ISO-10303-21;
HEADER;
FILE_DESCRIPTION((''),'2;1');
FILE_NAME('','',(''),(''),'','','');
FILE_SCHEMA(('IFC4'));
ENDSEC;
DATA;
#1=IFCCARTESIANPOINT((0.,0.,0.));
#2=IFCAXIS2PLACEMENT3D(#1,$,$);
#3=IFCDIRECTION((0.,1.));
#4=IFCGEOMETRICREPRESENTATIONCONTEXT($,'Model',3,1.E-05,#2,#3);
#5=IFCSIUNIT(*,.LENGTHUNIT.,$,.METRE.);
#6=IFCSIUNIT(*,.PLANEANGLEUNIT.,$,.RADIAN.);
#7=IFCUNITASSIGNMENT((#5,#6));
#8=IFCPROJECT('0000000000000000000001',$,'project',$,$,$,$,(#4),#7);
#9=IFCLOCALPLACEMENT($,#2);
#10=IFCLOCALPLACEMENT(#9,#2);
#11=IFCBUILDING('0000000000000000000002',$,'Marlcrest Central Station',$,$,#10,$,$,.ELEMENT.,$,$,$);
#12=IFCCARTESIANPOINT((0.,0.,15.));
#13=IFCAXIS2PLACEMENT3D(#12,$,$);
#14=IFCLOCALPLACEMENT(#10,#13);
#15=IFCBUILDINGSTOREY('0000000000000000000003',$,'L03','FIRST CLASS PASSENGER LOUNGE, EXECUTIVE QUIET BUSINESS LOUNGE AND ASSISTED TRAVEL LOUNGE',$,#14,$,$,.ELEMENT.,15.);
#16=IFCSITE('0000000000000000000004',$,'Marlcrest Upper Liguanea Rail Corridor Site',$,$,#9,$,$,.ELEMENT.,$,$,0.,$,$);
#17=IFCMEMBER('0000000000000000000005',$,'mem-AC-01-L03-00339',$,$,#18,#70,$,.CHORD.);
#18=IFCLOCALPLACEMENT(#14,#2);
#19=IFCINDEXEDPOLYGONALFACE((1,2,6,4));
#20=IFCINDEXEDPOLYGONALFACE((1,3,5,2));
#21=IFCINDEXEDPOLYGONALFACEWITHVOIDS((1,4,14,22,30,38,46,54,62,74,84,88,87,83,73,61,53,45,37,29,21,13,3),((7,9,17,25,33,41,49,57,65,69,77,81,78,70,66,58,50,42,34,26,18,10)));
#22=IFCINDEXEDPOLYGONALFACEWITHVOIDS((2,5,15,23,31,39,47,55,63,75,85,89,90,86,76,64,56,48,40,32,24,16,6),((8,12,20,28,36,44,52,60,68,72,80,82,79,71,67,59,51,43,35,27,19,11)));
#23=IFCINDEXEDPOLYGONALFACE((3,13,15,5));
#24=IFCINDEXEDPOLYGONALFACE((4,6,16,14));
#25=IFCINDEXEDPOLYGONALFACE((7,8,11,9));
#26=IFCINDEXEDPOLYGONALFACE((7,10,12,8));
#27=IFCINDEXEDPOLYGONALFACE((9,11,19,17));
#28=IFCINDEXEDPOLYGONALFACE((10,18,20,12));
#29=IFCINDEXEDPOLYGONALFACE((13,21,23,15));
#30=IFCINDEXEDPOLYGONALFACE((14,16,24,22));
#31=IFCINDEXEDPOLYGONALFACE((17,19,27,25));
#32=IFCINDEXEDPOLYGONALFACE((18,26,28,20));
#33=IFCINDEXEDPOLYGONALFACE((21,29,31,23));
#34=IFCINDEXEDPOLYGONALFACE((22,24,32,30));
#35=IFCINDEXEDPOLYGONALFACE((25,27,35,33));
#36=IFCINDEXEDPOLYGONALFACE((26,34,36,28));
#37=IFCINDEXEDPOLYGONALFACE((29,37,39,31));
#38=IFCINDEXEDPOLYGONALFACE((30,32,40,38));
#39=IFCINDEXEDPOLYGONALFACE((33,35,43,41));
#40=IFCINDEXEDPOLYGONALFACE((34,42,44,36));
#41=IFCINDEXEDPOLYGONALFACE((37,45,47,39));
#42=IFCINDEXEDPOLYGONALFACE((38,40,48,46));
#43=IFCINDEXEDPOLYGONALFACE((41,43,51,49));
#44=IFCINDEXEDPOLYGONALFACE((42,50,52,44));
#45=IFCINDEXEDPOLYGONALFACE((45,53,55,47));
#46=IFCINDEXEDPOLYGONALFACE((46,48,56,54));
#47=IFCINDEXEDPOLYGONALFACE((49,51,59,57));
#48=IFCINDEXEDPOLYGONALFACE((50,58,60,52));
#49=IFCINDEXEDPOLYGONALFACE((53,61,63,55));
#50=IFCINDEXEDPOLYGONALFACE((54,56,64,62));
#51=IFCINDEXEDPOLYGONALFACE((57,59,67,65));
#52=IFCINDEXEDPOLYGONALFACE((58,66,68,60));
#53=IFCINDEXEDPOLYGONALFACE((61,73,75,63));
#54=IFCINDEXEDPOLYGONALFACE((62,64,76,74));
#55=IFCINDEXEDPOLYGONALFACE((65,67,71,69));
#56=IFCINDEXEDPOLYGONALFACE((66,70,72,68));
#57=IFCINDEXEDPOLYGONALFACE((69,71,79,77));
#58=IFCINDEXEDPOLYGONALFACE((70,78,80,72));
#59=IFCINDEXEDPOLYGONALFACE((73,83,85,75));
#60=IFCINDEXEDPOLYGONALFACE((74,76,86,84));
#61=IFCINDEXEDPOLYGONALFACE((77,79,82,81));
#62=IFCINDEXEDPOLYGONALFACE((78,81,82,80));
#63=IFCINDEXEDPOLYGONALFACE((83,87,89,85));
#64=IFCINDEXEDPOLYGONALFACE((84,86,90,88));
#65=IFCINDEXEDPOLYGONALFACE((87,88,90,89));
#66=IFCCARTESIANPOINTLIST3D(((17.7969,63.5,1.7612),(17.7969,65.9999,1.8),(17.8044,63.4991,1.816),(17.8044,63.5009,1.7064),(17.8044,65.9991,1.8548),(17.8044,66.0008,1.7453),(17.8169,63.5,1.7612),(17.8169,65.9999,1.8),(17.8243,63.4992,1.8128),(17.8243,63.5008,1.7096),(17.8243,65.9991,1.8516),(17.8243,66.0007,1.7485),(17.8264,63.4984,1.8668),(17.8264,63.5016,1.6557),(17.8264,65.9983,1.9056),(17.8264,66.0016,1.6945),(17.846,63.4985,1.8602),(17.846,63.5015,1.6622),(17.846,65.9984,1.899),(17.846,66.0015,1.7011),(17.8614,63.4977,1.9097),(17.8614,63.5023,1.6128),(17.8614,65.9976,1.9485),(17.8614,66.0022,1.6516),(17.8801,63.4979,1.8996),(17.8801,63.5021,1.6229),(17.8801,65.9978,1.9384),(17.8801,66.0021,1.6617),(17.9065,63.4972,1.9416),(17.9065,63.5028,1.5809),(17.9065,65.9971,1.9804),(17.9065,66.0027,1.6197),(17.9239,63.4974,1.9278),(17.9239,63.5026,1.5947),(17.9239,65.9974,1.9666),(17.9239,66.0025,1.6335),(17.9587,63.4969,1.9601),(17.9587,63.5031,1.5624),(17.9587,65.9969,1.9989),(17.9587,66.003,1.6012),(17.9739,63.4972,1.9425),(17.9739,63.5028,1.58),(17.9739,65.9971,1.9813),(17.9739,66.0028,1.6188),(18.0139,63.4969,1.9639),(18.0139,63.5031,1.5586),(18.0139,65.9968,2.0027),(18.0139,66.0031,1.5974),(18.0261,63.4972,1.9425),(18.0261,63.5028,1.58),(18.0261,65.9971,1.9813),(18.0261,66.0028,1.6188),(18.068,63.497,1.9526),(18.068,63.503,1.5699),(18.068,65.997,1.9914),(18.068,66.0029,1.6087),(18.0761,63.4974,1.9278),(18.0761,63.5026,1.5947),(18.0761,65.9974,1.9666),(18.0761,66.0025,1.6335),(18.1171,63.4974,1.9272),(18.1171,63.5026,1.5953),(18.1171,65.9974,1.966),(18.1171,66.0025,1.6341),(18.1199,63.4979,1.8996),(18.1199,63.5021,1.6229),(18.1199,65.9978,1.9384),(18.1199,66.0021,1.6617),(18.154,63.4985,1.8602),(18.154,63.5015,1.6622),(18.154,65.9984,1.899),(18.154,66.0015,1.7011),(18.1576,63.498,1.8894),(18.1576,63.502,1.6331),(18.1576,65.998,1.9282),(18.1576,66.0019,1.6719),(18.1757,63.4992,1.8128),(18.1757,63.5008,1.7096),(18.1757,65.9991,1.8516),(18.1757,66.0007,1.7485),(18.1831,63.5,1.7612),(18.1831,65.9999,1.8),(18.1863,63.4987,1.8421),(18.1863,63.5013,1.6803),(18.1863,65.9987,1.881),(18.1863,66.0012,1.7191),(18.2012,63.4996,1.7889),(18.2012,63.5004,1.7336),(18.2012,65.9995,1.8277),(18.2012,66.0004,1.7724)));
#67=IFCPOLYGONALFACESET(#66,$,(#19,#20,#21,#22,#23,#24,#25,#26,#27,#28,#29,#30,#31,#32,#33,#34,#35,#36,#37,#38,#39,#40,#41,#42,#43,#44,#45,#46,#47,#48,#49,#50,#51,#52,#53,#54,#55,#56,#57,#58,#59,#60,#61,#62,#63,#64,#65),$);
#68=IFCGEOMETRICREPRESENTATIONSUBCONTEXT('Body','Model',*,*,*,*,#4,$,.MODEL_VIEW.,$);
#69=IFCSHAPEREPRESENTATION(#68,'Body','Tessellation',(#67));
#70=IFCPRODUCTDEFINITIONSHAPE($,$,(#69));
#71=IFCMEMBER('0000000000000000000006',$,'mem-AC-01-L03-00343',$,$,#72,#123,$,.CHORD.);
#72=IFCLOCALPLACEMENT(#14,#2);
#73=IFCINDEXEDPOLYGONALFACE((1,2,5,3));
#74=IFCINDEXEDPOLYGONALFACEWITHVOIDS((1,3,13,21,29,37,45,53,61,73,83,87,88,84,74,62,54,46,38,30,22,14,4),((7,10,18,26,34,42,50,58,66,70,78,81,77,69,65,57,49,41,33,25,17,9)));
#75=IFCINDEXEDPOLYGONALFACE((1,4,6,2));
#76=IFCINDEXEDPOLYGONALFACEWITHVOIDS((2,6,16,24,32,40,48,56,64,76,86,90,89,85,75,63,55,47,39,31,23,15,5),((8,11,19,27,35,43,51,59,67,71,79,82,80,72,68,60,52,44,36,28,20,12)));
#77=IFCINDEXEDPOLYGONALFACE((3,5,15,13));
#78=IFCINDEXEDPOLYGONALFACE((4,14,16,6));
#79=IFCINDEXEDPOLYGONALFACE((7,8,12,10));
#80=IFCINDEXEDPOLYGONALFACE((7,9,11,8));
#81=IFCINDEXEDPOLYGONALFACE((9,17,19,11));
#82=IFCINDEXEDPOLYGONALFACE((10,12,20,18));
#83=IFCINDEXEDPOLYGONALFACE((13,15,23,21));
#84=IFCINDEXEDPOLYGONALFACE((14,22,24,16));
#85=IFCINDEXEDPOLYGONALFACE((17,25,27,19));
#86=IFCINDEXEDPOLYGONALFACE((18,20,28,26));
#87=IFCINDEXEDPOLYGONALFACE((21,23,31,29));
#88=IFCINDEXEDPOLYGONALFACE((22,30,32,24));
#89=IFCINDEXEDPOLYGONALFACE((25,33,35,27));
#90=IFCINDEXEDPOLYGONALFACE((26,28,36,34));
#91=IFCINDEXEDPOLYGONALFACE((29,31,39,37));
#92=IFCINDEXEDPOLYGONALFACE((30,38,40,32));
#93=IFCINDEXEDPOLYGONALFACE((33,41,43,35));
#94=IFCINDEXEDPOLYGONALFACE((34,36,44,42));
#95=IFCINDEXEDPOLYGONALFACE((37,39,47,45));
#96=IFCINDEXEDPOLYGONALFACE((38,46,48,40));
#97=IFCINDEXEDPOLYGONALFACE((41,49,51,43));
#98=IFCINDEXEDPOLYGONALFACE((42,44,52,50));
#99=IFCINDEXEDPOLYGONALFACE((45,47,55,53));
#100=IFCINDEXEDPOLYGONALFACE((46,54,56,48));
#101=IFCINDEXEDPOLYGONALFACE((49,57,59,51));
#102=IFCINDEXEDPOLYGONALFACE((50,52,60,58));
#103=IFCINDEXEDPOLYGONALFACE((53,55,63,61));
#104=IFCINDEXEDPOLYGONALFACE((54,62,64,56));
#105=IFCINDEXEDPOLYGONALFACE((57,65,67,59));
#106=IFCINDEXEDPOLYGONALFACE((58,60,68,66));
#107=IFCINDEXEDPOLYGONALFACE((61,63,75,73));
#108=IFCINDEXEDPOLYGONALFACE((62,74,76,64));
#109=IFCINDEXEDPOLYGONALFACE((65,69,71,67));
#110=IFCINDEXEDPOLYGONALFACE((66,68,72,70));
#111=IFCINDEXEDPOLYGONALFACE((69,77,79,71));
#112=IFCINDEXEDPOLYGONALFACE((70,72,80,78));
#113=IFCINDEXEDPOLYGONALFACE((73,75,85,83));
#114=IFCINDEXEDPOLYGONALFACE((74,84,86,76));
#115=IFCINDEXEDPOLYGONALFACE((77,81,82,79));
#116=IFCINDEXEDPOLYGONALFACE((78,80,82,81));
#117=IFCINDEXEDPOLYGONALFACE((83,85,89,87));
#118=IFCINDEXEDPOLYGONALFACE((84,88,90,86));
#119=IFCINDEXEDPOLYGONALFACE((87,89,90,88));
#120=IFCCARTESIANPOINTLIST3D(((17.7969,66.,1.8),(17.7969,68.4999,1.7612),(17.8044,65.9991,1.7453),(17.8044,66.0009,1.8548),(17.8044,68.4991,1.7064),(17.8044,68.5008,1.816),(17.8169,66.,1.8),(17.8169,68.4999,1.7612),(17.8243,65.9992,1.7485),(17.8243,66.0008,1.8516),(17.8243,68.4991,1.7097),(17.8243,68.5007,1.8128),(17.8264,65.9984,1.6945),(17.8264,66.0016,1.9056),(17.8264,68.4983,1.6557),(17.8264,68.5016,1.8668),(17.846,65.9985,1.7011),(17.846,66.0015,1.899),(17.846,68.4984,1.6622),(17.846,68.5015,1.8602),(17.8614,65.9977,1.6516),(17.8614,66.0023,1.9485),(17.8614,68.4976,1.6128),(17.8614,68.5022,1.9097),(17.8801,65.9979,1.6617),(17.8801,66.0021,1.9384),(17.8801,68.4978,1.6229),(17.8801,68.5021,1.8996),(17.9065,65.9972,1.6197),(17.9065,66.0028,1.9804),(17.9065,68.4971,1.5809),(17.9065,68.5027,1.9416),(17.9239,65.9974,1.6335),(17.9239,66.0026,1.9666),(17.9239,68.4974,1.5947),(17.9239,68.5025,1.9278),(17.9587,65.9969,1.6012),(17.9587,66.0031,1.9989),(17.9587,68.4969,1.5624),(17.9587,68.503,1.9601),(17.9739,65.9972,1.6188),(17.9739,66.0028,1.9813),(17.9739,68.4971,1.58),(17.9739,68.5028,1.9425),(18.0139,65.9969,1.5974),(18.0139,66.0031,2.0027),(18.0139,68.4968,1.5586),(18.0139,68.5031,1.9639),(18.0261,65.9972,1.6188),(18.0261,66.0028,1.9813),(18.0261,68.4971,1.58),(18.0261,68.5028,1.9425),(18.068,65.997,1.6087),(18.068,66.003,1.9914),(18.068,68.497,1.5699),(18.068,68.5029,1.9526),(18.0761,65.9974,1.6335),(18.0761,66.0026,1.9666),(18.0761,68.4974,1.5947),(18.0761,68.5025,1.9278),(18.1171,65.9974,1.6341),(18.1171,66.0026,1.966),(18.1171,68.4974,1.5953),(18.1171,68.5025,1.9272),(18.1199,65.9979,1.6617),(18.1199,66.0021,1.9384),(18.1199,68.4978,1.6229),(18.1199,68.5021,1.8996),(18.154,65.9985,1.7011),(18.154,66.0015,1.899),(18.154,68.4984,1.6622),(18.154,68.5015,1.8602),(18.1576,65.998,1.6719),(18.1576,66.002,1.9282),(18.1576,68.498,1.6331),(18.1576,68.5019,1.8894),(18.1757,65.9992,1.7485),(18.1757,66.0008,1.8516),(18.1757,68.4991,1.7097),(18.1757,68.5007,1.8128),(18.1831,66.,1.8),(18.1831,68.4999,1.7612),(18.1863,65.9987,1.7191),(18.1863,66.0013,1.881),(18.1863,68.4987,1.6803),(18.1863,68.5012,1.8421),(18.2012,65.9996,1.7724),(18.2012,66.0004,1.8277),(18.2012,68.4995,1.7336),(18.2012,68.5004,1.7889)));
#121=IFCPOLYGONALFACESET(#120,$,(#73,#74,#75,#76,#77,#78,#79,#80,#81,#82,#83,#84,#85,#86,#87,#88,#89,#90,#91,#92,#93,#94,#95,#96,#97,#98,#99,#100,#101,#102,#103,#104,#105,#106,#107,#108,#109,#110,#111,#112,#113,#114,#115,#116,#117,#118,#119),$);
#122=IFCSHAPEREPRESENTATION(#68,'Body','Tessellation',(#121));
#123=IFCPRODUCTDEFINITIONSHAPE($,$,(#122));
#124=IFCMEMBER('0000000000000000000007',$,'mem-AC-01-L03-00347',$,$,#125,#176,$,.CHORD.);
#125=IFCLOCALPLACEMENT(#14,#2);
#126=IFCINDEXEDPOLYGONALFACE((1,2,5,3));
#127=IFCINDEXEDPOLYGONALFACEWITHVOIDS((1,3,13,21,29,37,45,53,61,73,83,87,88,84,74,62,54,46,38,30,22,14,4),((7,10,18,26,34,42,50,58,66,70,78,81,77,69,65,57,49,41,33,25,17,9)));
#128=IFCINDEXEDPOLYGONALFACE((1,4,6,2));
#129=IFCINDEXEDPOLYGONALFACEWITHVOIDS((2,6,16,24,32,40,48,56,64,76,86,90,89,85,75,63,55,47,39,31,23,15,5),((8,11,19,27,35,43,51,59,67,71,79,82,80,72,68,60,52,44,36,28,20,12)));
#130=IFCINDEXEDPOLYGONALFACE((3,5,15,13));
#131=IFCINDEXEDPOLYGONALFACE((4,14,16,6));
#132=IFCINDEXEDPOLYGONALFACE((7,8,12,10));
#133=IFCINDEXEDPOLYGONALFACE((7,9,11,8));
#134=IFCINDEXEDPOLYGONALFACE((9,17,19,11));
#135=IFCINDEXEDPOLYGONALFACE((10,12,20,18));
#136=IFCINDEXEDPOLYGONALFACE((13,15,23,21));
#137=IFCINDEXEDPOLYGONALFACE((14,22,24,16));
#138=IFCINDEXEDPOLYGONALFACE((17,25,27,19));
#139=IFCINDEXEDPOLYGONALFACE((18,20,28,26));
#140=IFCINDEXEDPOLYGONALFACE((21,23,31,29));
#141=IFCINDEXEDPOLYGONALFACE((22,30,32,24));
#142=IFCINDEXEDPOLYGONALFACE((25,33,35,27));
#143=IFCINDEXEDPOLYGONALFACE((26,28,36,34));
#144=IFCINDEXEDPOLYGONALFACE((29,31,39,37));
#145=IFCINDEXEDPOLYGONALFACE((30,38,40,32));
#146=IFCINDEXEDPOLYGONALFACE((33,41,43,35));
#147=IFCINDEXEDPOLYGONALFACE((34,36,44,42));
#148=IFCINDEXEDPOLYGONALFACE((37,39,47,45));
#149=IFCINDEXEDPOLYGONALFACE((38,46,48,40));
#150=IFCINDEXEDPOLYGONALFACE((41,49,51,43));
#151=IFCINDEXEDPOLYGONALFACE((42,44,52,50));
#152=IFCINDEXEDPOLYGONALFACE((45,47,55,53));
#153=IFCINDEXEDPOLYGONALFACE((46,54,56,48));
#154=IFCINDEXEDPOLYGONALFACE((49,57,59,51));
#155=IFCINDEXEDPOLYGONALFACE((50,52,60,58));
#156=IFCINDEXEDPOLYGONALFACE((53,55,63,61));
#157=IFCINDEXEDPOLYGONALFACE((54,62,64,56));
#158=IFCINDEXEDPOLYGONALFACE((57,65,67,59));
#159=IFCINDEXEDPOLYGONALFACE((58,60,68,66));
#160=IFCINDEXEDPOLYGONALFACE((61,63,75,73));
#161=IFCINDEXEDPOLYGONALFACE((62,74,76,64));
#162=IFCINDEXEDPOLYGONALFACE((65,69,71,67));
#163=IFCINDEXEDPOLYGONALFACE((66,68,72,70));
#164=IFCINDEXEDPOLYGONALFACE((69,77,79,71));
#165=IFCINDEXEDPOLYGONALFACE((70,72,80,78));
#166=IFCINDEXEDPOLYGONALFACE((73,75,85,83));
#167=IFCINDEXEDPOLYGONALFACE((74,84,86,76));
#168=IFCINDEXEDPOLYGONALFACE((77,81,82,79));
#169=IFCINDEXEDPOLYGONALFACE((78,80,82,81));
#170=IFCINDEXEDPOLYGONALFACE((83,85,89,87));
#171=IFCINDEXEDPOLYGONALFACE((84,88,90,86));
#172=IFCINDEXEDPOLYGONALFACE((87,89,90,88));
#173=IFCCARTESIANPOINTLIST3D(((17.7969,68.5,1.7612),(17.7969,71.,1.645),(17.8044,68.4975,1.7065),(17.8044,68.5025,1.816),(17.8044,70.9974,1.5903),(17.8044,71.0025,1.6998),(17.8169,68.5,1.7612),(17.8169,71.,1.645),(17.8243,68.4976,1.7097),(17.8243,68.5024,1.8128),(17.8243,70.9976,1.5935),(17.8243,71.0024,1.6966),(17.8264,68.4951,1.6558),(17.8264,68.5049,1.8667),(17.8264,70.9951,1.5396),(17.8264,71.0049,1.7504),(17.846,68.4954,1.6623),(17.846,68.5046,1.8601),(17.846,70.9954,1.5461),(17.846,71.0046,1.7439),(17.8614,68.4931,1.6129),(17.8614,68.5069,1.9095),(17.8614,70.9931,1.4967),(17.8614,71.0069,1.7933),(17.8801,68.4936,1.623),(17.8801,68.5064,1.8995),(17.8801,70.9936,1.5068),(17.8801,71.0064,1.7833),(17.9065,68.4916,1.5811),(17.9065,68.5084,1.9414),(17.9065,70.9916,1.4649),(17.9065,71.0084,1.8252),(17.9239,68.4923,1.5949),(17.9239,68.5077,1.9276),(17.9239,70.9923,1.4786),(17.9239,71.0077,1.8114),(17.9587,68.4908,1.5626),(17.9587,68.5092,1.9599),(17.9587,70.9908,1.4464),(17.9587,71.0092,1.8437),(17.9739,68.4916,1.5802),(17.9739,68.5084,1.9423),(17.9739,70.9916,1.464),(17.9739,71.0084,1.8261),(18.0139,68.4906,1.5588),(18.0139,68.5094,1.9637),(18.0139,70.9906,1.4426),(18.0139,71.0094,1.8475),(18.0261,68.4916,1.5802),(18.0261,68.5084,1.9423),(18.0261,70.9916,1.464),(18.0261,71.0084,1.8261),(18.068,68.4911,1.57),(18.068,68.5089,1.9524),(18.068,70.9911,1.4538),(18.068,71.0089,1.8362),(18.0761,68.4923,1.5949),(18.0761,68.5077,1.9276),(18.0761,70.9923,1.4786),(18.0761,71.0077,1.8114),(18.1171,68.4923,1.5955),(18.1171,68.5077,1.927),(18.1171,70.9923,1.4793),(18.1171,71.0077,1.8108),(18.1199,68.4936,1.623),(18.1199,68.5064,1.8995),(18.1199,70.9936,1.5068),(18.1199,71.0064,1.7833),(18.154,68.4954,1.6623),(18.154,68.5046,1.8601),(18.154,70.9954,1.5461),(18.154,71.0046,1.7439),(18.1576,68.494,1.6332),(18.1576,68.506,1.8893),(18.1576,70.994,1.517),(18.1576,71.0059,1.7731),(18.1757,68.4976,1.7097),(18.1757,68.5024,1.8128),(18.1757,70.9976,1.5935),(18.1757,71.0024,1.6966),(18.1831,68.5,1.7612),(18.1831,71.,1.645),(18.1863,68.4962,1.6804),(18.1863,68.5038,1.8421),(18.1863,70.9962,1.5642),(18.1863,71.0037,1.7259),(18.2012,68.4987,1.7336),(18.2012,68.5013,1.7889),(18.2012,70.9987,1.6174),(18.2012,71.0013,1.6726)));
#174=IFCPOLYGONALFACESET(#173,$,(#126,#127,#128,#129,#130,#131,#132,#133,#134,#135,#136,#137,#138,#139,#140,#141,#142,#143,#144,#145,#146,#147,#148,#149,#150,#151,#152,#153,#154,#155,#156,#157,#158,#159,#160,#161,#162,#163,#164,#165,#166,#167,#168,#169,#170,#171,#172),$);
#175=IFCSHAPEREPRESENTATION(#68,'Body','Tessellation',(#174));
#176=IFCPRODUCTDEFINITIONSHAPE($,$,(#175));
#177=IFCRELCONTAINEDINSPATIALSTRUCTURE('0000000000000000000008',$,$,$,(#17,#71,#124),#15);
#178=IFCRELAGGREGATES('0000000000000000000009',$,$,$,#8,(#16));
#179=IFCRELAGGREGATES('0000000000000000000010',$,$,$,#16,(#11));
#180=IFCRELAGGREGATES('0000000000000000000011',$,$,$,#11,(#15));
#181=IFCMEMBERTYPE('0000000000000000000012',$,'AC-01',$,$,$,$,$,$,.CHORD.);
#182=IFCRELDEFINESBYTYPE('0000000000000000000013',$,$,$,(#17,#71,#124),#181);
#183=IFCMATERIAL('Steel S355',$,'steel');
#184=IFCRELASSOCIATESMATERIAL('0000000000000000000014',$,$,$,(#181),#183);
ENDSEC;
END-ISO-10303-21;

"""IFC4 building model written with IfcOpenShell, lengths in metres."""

from ifc_helpers import new_model, si_unit, direction, frame, origin, origin_2d, place, context, subcontext, project, spatial, hollow_circle, extrude, material, material_profile, profile_set, type_object, element, save


model = new_model("IFC4")

# Units and contexts
model_context = context("Model", 3, precision=1e-05, world=origin(), true_north=direction((0.0, 1.0)))
body_context = subcontext(model_context, "Body", "Model", "MODEL_VIEW")
ifc_project = project(units=[si_unit("LENGTHUNIT", "METRE"), si_unit("PLANEANGLEUNIT", "RADIAN")], contexts=[model_context])

# Site, building, storey
site_placement = place(None, origin())
site = spatial("IfcSite", under=ifc_project, at=site_placement, Name="Marlcrest Upper Liguanea Rail Corridor Site", CompositionType="ELEMENT", RefElevation=0.0)
building_placement = place(site_placement, origin())
building = spatial("IfcBuilding", under=site, at=building_placement, Name="Marlcrest Central Station", CompositionType="ELEMENT")
storey_placement = place(building_placement, frame((0.0, 0.0, 15.0)))
storey = spatial("IfcBuildingStorey", under=building, at=storey_placement, Name="L03", Description="FIRST CLASS PASSENGER LOUNGE, EXECUTIVE QUIET BUSINESS LOUNGE AND ASSISTED TRAVEL LOUNGE", CompositionType="ELEMENT", Elevation=15.0)

# Members
ifc_material_1 = material(Name="Steel S355", Category="steel")
ifc_material_profile_1 = material_profile(ifc_material_1, hollow_circle(Radius=0.2031, WallThickness=0.02, at=origin_2d()), Name="CHS 406.4x20")
ifc_profile_set_1 = profile_set([ifc_material_profile_1], Name="Steel S355")
member_type_1 = type_object("IfcMemberType", Name="AC-01", PredefinedType="CHORD", material=ifc_profile_set_1)
for number, where, z_axis, x_axis, name in (
    (1, (18.0, 63.5, 1.7612), (0.0, 0.999879, 0.015525), (-1.0, 0.0, 0.0), "mem-AC-01-L03-00339"),
    (2, (18.0, 66.0, 1.8), (0.0, 0.999879, -0.015525), (-1.0, 0.0, 0.0), "mem-AC-01-L03-00343"),
):
    element("IfcMember", number, at=place(storey_placement, frame(where, z_axis=z_axis, x_axis=x_axis)), inside=storey, type_object=member_type_1, Name=name, PredefinedType="CHORD", context=body_context, shape_type="SweptSolid", body=[
        extrude(hollow_circle(Radius=0.2031, WallThickness=0.02, at=origin_2d()), origin(), (0.0, 0.0, 1.0), 2.5002),
    ])
member_1_placement = place(storey_placement, frame((18.0, 68.5, 1.7612), z_axis=(0.0, 0.998921, -0.046434), x_axis=(-1.0, 0.0, 0.0)))
element("IfcMember", 3, at=member_1_placement, inside=storey, type_object=member_type_1, Name="mem-AC-01-L03-00347", PredefinedType="CHORD", context=body_context, shape_type="SweptSolid", body=[
    extrude(hollow_circle(Radius=0.2031, WallThickness=0.02, at=origin_2d()), origin(), (0.0, 0.0, 1.0), 2.5027),
])

save(model, "model.ifc")
